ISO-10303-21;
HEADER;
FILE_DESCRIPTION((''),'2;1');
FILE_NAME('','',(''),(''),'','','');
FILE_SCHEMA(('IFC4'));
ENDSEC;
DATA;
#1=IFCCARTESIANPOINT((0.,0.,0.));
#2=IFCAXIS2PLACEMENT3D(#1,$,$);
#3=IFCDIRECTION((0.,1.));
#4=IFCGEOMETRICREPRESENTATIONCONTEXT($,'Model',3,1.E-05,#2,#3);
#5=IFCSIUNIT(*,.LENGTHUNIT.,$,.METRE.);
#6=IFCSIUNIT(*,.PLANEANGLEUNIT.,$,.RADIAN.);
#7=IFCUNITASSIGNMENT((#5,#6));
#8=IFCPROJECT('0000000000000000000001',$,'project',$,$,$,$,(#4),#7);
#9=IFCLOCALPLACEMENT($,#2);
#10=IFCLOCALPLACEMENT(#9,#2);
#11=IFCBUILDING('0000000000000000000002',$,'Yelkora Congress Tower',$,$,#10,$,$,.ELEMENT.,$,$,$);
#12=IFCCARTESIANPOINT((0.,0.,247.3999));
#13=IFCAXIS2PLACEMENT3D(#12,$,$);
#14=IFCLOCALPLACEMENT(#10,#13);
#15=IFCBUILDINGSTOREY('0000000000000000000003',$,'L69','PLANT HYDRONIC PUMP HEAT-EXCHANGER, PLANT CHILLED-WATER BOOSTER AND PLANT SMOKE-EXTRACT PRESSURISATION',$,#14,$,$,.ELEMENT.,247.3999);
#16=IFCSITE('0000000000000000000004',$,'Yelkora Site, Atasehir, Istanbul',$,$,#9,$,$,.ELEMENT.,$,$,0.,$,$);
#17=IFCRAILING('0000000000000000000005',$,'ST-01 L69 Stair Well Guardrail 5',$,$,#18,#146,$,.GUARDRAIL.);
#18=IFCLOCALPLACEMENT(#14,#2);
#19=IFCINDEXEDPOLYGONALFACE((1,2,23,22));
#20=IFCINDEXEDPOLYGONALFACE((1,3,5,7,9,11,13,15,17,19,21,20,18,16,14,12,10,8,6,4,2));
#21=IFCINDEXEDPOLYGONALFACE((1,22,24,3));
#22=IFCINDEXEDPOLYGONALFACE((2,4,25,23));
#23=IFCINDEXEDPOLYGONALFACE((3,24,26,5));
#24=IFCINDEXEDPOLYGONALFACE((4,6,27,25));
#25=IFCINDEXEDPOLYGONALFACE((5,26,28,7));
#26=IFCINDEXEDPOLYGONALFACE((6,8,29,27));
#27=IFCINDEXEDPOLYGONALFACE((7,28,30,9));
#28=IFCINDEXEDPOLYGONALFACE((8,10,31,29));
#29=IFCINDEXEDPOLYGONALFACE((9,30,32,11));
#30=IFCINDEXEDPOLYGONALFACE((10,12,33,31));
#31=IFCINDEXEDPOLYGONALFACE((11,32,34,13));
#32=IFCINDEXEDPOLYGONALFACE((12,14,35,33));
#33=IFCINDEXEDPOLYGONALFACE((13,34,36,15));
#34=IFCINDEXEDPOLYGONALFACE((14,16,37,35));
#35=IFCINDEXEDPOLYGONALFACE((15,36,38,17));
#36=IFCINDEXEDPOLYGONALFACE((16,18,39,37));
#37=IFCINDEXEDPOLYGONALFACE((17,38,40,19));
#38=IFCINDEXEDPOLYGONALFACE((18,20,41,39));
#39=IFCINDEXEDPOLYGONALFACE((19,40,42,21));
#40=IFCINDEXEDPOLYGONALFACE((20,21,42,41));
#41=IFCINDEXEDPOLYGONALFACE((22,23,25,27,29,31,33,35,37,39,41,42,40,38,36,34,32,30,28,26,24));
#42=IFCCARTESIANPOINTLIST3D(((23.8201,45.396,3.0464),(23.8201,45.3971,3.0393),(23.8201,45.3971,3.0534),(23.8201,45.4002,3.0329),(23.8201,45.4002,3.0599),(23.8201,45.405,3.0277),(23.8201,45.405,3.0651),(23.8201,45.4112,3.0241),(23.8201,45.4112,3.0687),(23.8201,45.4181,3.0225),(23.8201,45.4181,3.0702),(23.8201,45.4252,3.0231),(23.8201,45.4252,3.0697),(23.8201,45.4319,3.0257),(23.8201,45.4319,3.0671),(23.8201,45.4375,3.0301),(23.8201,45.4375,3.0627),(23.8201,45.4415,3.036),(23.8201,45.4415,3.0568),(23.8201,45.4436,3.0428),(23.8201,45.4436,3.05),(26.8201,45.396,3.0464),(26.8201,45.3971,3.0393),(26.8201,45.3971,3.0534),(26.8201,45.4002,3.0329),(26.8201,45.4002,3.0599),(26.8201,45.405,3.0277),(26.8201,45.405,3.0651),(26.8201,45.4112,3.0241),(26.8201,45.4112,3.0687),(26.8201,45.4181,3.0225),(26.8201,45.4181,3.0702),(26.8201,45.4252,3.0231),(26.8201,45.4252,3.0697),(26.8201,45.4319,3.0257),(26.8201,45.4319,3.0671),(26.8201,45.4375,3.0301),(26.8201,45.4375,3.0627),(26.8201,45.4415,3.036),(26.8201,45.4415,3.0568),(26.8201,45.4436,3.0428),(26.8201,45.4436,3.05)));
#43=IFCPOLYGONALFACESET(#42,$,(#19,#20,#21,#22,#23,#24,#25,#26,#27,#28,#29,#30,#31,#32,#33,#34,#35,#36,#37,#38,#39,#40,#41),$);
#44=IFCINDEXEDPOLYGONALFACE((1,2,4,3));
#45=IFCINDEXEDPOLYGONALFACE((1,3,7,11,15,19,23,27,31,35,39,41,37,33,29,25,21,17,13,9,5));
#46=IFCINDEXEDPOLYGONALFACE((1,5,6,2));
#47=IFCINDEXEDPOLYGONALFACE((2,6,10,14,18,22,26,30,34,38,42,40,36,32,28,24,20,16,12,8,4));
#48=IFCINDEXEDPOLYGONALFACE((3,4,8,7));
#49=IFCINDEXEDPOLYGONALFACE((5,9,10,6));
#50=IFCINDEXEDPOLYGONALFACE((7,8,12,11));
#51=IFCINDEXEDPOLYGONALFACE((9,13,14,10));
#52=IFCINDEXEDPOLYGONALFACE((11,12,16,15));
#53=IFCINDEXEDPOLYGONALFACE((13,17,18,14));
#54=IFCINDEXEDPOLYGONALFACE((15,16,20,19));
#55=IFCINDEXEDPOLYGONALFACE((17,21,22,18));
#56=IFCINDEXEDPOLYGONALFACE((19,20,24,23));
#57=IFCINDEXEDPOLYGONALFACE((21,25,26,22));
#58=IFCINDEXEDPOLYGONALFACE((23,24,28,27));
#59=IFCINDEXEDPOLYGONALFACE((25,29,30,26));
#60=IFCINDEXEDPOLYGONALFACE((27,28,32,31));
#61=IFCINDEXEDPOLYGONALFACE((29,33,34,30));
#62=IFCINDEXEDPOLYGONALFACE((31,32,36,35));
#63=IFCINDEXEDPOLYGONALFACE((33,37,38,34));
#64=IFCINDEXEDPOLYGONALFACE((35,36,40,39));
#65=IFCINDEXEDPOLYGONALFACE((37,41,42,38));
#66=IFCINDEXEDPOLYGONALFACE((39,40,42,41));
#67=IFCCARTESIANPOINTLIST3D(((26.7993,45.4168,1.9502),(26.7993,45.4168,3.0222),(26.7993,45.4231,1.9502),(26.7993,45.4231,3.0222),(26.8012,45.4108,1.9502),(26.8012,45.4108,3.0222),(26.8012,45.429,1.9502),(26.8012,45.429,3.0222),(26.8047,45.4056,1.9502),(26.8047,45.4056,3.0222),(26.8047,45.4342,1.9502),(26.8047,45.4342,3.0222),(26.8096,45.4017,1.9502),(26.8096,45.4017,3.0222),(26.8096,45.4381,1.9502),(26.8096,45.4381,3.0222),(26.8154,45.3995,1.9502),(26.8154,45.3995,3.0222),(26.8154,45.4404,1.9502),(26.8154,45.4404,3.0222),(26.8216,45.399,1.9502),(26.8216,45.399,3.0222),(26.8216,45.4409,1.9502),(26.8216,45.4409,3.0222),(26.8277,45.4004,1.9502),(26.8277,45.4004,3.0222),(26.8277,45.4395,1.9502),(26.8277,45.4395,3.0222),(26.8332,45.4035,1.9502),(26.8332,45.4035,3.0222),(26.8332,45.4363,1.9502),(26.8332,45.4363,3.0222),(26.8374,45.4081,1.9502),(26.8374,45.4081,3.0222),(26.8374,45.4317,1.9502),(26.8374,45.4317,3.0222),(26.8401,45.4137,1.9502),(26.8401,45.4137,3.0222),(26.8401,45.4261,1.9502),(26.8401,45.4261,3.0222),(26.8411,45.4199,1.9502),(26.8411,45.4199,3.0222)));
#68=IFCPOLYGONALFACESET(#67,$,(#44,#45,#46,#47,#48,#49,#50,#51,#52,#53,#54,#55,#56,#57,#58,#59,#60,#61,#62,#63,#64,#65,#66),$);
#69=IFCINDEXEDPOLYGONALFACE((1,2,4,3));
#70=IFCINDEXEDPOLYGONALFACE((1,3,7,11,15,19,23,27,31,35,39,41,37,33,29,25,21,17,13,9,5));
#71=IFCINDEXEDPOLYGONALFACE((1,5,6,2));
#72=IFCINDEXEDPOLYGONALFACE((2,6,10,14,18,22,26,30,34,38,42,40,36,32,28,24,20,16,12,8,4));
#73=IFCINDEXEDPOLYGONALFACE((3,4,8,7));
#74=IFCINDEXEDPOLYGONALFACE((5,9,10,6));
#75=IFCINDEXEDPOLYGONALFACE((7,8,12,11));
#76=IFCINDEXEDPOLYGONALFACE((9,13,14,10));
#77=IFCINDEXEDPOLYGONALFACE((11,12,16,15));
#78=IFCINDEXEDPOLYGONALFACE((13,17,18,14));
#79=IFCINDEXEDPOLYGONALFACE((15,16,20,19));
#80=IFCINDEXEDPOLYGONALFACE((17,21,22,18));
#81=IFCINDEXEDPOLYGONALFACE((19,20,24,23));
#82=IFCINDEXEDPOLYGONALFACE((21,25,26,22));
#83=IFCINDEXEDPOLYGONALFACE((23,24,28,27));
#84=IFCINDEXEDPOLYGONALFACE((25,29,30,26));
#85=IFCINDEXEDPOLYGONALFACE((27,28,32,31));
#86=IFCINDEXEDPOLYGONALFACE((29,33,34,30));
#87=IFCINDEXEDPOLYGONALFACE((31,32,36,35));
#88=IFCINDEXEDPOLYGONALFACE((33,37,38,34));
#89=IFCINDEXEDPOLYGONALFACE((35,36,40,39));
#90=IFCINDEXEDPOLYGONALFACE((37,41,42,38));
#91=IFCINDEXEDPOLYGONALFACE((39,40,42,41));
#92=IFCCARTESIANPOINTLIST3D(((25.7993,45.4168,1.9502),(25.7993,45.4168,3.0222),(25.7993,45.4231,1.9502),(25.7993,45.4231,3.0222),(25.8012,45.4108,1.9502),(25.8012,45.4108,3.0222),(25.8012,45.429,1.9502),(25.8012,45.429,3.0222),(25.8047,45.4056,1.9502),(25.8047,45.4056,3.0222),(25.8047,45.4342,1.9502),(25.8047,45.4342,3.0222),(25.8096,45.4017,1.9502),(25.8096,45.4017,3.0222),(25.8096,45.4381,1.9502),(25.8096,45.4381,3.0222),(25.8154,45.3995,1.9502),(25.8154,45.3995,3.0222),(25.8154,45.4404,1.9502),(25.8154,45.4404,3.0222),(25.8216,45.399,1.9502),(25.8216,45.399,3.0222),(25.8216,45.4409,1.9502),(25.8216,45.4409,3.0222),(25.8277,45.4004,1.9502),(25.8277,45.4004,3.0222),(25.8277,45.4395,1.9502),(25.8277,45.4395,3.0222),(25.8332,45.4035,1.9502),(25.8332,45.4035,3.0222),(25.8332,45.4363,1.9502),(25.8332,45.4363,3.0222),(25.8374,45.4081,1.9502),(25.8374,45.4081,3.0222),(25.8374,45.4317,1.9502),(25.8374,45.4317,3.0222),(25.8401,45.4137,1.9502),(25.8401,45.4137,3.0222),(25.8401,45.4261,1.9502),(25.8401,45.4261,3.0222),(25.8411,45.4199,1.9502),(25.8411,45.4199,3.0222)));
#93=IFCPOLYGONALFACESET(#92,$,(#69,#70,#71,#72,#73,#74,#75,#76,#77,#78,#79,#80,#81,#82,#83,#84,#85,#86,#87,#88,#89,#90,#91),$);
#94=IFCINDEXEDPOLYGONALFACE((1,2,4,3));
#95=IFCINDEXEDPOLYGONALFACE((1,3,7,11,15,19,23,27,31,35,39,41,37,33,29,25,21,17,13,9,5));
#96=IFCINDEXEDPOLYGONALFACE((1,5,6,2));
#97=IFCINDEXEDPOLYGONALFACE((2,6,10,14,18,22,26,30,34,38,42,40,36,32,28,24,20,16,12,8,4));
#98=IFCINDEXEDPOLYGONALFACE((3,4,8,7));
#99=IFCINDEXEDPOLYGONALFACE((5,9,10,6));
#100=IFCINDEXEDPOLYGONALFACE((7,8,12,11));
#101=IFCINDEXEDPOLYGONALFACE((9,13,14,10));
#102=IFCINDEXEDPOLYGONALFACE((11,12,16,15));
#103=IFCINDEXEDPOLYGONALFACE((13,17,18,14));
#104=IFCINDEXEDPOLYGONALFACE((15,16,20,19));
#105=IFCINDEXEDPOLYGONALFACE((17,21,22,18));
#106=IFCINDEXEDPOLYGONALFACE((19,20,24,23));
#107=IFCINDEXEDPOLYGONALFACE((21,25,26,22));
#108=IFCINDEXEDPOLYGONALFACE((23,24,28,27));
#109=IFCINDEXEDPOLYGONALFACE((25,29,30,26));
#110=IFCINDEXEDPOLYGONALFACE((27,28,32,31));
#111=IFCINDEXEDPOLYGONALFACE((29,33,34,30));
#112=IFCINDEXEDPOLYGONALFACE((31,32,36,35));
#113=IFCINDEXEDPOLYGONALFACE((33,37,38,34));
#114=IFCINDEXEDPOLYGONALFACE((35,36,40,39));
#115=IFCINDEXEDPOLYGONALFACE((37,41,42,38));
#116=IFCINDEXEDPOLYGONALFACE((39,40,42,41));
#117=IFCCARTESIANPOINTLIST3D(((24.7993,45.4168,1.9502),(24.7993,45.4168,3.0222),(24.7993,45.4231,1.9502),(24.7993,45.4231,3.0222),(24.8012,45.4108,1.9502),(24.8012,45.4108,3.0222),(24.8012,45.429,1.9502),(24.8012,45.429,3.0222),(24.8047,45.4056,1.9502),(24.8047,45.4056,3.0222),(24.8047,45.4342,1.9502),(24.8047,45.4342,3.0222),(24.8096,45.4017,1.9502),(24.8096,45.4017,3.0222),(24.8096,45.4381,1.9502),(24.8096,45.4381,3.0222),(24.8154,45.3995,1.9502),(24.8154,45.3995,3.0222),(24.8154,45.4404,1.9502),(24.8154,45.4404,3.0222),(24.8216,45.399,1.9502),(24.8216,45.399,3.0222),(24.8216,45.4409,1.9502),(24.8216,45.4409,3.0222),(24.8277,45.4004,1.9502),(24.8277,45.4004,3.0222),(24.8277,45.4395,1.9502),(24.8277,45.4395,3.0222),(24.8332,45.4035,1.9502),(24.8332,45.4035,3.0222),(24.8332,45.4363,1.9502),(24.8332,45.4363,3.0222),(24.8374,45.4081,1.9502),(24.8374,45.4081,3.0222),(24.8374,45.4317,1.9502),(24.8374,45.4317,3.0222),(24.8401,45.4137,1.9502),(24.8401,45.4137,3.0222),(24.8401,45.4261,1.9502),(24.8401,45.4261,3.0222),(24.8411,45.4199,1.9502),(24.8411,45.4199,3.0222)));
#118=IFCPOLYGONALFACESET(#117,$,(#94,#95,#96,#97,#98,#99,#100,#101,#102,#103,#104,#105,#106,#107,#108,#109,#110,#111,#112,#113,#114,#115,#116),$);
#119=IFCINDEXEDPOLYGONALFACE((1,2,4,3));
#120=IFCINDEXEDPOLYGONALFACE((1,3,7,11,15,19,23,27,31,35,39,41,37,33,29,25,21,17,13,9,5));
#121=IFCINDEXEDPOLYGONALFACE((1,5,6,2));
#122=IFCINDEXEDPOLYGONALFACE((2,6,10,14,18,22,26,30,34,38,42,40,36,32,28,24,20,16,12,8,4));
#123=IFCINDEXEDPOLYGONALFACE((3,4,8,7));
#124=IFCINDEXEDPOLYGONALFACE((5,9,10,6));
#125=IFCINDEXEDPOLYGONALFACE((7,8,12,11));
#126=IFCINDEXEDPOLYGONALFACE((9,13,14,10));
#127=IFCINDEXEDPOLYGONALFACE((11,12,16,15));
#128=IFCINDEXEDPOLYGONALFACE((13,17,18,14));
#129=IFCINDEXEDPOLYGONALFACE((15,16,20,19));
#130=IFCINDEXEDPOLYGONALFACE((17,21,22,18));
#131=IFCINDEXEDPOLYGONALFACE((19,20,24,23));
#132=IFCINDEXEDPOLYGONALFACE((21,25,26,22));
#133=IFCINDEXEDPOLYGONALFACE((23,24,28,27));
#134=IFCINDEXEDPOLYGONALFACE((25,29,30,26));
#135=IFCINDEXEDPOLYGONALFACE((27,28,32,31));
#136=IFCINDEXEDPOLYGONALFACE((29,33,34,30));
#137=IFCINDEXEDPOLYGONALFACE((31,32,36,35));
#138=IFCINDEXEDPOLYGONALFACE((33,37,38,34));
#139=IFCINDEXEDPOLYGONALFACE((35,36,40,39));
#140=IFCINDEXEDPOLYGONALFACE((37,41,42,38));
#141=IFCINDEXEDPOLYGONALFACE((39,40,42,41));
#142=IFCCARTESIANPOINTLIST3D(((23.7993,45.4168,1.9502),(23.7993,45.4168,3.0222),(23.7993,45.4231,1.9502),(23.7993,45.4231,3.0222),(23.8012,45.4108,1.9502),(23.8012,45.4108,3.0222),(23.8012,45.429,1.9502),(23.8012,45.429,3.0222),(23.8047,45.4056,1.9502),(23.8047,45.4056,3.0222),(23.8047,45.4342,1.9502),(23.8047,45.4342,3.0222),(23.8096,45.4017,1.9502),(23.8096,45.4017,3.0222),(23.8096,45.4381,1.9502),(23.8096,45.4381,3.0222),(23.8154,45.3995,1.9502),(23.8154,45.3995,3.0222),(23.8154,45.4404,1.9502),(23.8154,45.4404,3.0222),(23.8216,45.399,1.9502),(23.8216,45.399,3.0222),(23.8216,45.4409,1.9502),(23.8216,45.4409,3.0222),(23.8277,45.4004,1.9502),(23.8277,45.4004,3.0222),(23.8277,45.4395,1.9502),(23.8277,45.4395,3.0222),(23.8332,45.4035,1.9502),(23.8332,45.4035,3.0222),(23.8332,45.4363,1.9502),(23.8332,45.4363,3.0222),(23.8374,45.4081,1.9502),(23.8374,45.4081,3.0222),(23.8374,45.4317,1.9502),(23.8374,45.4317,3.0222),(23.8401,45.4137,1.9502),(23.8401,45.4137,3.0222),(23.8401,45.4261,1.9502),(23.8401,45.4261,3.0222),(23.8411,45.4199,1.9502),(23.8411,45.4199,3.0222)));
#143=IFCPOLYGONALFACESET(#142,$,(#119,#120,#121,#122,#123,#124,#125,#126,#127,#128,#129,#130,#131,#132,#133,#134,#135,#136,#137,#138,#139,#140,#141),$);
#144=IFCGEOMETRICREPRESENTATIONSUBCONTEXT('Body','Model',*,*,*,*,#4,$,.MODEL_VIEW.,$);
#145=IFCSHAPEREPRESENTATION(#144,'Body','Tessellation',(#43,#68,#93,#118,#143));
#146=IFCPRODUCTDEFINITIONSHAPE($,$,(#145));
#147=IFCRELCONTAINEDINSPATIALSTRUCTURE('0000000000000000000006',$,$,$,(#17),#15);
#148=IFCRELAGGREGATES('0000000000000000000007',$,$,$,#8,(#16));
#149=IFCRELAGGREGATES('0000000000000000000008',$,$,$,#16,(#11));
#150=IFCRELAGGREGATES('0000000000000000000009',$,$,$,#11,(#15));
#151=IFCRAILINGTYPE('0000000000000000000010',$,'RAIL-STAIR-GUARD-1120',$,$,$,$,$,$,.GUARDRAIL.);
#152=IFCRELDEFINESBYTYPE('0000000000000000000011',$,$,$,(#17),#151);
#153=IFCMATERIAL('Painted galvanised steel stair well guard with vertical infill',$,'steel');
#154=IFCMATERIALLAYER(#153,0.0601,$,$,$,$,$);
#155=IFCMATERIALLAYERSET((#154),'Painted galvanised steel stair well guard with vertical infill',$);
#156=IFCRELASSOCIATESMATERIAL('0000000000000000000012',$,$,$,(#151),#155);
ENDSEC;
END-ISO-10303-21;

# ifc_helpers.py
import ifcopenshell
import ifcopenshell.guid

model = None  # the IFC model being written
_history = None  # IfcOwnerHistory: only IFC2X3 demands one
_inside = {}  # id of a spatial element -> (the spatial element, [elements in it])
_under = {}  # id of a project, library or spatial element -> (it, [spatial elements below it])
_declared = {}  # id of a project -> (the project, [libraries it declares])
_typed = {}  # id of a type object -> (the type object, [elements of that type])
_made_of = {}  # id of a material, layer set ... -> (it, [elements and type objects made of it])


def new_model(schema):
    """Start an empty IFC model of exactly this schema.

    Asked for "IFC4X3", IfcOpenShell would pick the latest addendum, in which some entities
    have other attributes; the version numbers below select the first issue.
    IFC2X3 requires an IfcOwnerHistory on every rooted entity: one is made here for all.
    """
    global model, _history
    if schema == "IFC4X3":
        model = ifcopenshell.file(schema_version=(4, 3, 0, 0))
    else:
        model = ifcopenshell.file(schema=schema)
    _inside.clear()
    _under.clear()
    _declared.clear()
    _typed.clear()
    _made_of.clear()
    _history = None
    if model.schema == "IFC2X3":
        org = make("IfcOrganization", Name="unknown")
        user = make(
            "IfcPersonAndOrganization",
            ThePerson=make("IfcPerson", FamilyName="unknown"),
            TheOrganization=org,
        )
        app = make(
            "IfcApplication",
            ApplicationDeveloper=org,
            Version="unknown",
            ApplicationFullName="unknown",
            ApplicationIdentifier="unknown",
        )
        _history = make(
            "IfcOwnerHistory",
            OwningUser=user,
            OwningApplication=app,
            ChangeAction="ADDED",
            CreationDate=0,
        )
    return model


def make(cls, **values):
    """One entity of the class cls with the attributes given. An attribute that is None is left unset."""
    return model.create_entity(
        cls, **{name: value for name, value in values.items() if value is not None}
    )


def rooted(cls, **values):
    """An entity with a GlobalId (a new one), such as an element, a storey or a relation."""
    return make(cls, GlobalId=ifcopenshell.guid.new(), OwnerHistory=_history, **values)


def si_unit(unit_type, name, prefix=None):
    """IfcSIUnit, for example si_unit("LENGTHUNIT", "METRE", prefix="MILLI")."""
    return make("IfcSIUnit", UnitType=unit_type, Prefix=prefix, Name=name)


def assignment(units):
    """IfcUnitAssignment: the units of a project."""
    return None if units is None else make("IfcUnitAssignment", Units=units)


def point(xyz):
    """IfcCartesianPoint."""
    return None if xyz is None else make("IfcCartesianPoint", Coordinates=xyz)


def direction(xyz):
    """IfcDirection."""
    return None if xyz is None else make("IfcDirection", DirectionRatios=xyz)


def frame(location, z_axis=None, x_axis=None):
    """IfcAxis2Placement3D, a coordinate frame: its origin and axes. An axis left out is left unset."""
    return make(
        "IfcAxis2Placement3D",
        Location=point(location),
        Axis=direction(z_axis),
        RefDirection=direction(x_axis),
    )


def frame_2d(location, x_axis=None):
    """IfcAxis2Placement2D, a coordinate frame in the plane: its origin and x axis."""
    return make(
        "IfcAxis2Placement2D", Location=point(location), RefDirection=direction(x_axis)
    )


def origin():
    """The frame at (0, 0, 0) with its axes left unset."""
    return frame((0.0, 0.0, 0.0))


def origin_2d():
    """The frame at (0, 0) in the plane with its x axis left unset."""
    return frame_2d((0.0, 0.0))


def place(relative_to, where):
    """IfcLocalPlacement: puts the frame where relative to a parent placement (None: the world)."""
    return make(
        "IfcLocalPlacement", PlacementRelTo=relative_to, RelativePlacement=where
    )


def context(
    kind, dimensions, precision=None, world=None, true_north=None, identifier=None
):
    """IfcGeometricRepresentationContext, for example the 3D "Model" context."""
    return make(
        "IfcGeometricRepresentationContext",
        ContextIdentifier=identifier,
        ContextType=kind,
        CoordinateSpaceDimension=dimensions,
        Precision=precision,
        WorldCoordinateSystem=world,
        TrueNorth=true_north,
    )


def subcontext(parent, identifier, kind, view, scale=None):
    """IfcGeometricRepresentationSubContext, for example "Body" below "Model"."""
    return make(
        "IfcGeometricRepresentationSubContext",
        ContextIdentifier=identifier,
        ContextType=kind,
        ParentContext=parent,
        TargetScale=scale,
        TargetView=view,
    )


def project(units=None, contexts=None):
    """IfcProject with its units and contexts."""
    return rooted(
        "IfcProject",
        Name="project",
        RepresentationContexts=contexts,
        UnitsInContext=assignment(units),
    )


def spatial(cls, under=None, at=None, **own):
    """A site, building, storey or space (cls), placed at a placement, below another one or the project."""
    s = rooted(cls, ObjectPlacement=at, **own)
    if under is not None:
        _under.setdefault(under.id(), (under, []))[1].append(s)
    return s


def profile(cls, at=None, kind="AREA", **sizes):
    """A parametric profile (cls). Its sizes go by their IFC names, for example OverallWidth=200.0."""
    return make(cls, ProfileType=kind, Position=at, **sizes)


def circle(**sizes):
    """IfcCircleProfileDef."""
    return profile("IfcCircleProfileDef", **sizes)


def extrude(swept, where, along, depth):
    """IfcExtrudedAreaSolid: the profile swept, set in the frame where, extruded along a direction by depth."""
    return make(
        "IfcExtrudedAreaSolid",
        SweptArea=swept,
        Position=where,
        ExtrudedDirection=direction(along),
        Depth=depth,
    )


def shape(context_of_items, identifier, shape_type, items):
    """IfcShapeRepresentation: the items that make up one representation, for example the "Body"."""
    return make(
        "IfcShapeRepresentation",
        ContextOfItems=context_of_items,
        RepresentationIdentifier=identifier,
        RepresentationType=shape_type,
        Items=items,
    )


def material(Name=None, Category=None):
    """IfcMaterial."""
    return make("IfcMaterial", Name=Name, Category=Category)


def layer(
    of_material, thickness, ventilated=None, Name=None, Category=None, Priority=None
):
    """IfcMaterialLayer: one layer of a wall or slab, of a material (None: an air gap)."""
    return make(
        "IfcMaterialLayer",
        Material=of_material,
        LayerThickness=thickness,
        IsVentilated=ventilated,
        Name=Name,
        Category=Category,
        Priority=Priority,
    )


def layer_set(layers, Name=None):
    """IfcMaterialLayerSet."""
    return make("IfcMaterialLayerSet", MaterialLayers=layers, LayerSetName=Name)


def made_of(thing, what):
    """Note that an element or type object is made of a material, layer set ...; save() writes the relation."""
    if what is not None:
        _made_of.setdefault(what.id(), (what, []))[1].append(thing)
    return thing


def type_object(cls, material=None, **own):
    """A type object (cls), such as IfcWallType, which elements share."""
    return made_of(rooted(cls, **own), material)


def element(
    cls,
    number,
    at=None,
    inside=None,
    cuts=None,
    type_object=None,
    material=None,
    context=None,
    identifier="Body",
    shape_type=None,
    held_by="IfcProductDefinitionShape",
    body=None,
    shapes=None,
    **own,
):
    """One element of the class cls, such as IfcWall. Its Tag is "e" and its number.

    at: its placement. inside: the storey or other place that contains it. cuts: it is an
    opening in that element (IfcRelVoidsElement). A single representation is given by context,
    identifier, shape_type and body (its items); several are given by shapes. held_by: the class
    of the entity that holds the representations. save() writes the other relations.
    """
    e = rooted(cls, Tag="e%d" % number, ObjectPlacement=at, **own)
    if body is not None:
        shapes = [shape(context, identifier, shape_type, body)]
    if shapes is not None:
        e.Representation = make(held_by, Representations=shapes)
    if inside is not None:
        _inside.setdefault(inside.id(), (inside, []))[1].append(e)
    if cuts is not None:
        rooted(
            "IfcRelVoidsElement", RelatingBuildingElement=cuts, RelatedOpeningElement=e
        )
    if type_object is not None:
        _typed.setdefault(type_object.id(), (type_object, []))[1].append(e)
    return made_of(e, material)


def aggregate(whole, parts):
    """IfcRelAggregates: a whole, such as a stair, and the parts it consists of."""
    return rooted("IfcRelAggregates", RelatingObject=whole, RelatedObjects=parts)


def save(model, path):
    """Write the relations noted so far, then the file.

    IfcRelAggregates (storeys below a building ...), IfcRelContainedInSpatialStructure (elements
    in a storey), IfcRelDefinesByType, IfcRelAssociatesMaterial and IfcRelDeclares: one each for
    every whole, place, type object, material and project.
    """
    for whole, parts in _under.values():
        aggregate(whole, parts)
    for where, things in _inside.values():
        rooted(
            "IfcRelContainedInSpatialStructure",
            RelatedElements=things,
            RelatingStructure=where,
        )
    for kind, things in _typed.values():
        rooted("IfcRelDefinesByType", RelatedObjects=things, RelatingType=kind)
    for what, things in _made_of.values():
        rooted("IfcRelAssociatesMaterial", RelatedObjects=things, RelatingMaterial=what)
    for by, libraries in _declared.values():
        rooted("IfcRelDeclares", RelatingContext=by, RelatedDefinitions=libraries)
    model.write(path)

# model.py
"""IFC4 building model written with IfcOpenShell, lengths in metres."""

from ifc_helpers import new_model, si_unit, direction, frame, origin, origin_2d, place, context, subcontext, project, spatial, circle, extrude, material, layer, layer_set, type_object, element, save


model = new_model("IFC4")

# Units and contexts
model_context = context("Model", 3, precision=1e-05, world=origin(), true_north=direction((0.0, 1.0)))
body_context = subcontext(model_context, "Body", "Model", "MODEL_VIEW")
ifc_project = project(units=[si_unit("LENGTHUNIT", "METRE"), si_unit("PLANEANGLEUNIT", "RADIAN")], contexts=[model_context])

# Site, building, storey
site_placement = place(None, origin())
site = spatial("IfcSite", under=ifc_project, at=site_placement, Name="Yelkora Site, Atasehir, Istanbul", CompositionType="ELEMENT", RefElevation=0.0)
building_placement = place(site_placement, origin())
building = spatial("IfcBuilding", under=site, at=building_placement, Name="Yelkora Congress Tower", CompositionType="ELEMENT")
storey_placement = place(building_placement, frame((0.0, 0.0, 247.3999)))
storey = spatial("IfcBuildingStorey", under=building, at=storey_placement, Name="L69", Description="PLANT HYDRONIC PUMP HEAT-EXCHANGER, PLANT CHILLED-WATER BOOSTER AND PLANT SMOKE-EXTRACT PRESSURISATION", CompositionType="ELEMENT", Elevation=247.3999)

# Railing
ifc_material_1 = material(Name="Painted galvanised steel stair well guard with vertical infill", Category="steel")
ifc_layer_1 = layer(ifc_material_1, 0.0601)
ifc_layer_set_1 = layer_set([ifc_layer_1], Name="Painted galvanised steel stair well guard with vertical infill")
railing_type_1 = type_object("IfcRailingType", Name="RAIL-STAIR-GUARD-1120", PredefinedType="GUARDRAIL", material=ifc_layer_set_1)
railing_1_placement = place(storey_placement, frame((26.8201, 45.4199, 1.9502)))
element("IfcRailing", 1, at=railing_1_placement, inside=storey, type_object=railing_type_1, Name="ST-01 L69 Stair Well Guardrail 5", PredefinedType="GUARDRAIL", context=body_context, shape_type="SweptSolid", body=[
    extrude(circle(Radius=0.0239, at=origin_2d()), frame((0.0, 0.0, 1.0962), z_axis=(-1.0, 0.0, 0.0), x_axis=(0.0, -1.0, 0.0)), (0.0, 0.0, 1.0), 3.0),
    extrude(circle(Radius=0.021, at=origin_2d()), origin(), (0.0, 0.0, 1.0), 1.072),
    extrude(circle(Radius=0.021, at=origin_2d()), frame((-1.0, 0.0, 0.0)), (0.0, 0.0, 1.0), 1.072),
    extrude(circle(Radius=0.021, at=origin_2d()), frame((-2.0, 0.0, 0.0)), (0.0, 0.0, 1.0), 1.072),
    extrude(circle(Radius=0.021, at=origin_2d()), frame((-3.0, 0.0, 0.0)), (0.0, 0.0, 1.0), 1.072),
])

save(model, "model.ifc")
